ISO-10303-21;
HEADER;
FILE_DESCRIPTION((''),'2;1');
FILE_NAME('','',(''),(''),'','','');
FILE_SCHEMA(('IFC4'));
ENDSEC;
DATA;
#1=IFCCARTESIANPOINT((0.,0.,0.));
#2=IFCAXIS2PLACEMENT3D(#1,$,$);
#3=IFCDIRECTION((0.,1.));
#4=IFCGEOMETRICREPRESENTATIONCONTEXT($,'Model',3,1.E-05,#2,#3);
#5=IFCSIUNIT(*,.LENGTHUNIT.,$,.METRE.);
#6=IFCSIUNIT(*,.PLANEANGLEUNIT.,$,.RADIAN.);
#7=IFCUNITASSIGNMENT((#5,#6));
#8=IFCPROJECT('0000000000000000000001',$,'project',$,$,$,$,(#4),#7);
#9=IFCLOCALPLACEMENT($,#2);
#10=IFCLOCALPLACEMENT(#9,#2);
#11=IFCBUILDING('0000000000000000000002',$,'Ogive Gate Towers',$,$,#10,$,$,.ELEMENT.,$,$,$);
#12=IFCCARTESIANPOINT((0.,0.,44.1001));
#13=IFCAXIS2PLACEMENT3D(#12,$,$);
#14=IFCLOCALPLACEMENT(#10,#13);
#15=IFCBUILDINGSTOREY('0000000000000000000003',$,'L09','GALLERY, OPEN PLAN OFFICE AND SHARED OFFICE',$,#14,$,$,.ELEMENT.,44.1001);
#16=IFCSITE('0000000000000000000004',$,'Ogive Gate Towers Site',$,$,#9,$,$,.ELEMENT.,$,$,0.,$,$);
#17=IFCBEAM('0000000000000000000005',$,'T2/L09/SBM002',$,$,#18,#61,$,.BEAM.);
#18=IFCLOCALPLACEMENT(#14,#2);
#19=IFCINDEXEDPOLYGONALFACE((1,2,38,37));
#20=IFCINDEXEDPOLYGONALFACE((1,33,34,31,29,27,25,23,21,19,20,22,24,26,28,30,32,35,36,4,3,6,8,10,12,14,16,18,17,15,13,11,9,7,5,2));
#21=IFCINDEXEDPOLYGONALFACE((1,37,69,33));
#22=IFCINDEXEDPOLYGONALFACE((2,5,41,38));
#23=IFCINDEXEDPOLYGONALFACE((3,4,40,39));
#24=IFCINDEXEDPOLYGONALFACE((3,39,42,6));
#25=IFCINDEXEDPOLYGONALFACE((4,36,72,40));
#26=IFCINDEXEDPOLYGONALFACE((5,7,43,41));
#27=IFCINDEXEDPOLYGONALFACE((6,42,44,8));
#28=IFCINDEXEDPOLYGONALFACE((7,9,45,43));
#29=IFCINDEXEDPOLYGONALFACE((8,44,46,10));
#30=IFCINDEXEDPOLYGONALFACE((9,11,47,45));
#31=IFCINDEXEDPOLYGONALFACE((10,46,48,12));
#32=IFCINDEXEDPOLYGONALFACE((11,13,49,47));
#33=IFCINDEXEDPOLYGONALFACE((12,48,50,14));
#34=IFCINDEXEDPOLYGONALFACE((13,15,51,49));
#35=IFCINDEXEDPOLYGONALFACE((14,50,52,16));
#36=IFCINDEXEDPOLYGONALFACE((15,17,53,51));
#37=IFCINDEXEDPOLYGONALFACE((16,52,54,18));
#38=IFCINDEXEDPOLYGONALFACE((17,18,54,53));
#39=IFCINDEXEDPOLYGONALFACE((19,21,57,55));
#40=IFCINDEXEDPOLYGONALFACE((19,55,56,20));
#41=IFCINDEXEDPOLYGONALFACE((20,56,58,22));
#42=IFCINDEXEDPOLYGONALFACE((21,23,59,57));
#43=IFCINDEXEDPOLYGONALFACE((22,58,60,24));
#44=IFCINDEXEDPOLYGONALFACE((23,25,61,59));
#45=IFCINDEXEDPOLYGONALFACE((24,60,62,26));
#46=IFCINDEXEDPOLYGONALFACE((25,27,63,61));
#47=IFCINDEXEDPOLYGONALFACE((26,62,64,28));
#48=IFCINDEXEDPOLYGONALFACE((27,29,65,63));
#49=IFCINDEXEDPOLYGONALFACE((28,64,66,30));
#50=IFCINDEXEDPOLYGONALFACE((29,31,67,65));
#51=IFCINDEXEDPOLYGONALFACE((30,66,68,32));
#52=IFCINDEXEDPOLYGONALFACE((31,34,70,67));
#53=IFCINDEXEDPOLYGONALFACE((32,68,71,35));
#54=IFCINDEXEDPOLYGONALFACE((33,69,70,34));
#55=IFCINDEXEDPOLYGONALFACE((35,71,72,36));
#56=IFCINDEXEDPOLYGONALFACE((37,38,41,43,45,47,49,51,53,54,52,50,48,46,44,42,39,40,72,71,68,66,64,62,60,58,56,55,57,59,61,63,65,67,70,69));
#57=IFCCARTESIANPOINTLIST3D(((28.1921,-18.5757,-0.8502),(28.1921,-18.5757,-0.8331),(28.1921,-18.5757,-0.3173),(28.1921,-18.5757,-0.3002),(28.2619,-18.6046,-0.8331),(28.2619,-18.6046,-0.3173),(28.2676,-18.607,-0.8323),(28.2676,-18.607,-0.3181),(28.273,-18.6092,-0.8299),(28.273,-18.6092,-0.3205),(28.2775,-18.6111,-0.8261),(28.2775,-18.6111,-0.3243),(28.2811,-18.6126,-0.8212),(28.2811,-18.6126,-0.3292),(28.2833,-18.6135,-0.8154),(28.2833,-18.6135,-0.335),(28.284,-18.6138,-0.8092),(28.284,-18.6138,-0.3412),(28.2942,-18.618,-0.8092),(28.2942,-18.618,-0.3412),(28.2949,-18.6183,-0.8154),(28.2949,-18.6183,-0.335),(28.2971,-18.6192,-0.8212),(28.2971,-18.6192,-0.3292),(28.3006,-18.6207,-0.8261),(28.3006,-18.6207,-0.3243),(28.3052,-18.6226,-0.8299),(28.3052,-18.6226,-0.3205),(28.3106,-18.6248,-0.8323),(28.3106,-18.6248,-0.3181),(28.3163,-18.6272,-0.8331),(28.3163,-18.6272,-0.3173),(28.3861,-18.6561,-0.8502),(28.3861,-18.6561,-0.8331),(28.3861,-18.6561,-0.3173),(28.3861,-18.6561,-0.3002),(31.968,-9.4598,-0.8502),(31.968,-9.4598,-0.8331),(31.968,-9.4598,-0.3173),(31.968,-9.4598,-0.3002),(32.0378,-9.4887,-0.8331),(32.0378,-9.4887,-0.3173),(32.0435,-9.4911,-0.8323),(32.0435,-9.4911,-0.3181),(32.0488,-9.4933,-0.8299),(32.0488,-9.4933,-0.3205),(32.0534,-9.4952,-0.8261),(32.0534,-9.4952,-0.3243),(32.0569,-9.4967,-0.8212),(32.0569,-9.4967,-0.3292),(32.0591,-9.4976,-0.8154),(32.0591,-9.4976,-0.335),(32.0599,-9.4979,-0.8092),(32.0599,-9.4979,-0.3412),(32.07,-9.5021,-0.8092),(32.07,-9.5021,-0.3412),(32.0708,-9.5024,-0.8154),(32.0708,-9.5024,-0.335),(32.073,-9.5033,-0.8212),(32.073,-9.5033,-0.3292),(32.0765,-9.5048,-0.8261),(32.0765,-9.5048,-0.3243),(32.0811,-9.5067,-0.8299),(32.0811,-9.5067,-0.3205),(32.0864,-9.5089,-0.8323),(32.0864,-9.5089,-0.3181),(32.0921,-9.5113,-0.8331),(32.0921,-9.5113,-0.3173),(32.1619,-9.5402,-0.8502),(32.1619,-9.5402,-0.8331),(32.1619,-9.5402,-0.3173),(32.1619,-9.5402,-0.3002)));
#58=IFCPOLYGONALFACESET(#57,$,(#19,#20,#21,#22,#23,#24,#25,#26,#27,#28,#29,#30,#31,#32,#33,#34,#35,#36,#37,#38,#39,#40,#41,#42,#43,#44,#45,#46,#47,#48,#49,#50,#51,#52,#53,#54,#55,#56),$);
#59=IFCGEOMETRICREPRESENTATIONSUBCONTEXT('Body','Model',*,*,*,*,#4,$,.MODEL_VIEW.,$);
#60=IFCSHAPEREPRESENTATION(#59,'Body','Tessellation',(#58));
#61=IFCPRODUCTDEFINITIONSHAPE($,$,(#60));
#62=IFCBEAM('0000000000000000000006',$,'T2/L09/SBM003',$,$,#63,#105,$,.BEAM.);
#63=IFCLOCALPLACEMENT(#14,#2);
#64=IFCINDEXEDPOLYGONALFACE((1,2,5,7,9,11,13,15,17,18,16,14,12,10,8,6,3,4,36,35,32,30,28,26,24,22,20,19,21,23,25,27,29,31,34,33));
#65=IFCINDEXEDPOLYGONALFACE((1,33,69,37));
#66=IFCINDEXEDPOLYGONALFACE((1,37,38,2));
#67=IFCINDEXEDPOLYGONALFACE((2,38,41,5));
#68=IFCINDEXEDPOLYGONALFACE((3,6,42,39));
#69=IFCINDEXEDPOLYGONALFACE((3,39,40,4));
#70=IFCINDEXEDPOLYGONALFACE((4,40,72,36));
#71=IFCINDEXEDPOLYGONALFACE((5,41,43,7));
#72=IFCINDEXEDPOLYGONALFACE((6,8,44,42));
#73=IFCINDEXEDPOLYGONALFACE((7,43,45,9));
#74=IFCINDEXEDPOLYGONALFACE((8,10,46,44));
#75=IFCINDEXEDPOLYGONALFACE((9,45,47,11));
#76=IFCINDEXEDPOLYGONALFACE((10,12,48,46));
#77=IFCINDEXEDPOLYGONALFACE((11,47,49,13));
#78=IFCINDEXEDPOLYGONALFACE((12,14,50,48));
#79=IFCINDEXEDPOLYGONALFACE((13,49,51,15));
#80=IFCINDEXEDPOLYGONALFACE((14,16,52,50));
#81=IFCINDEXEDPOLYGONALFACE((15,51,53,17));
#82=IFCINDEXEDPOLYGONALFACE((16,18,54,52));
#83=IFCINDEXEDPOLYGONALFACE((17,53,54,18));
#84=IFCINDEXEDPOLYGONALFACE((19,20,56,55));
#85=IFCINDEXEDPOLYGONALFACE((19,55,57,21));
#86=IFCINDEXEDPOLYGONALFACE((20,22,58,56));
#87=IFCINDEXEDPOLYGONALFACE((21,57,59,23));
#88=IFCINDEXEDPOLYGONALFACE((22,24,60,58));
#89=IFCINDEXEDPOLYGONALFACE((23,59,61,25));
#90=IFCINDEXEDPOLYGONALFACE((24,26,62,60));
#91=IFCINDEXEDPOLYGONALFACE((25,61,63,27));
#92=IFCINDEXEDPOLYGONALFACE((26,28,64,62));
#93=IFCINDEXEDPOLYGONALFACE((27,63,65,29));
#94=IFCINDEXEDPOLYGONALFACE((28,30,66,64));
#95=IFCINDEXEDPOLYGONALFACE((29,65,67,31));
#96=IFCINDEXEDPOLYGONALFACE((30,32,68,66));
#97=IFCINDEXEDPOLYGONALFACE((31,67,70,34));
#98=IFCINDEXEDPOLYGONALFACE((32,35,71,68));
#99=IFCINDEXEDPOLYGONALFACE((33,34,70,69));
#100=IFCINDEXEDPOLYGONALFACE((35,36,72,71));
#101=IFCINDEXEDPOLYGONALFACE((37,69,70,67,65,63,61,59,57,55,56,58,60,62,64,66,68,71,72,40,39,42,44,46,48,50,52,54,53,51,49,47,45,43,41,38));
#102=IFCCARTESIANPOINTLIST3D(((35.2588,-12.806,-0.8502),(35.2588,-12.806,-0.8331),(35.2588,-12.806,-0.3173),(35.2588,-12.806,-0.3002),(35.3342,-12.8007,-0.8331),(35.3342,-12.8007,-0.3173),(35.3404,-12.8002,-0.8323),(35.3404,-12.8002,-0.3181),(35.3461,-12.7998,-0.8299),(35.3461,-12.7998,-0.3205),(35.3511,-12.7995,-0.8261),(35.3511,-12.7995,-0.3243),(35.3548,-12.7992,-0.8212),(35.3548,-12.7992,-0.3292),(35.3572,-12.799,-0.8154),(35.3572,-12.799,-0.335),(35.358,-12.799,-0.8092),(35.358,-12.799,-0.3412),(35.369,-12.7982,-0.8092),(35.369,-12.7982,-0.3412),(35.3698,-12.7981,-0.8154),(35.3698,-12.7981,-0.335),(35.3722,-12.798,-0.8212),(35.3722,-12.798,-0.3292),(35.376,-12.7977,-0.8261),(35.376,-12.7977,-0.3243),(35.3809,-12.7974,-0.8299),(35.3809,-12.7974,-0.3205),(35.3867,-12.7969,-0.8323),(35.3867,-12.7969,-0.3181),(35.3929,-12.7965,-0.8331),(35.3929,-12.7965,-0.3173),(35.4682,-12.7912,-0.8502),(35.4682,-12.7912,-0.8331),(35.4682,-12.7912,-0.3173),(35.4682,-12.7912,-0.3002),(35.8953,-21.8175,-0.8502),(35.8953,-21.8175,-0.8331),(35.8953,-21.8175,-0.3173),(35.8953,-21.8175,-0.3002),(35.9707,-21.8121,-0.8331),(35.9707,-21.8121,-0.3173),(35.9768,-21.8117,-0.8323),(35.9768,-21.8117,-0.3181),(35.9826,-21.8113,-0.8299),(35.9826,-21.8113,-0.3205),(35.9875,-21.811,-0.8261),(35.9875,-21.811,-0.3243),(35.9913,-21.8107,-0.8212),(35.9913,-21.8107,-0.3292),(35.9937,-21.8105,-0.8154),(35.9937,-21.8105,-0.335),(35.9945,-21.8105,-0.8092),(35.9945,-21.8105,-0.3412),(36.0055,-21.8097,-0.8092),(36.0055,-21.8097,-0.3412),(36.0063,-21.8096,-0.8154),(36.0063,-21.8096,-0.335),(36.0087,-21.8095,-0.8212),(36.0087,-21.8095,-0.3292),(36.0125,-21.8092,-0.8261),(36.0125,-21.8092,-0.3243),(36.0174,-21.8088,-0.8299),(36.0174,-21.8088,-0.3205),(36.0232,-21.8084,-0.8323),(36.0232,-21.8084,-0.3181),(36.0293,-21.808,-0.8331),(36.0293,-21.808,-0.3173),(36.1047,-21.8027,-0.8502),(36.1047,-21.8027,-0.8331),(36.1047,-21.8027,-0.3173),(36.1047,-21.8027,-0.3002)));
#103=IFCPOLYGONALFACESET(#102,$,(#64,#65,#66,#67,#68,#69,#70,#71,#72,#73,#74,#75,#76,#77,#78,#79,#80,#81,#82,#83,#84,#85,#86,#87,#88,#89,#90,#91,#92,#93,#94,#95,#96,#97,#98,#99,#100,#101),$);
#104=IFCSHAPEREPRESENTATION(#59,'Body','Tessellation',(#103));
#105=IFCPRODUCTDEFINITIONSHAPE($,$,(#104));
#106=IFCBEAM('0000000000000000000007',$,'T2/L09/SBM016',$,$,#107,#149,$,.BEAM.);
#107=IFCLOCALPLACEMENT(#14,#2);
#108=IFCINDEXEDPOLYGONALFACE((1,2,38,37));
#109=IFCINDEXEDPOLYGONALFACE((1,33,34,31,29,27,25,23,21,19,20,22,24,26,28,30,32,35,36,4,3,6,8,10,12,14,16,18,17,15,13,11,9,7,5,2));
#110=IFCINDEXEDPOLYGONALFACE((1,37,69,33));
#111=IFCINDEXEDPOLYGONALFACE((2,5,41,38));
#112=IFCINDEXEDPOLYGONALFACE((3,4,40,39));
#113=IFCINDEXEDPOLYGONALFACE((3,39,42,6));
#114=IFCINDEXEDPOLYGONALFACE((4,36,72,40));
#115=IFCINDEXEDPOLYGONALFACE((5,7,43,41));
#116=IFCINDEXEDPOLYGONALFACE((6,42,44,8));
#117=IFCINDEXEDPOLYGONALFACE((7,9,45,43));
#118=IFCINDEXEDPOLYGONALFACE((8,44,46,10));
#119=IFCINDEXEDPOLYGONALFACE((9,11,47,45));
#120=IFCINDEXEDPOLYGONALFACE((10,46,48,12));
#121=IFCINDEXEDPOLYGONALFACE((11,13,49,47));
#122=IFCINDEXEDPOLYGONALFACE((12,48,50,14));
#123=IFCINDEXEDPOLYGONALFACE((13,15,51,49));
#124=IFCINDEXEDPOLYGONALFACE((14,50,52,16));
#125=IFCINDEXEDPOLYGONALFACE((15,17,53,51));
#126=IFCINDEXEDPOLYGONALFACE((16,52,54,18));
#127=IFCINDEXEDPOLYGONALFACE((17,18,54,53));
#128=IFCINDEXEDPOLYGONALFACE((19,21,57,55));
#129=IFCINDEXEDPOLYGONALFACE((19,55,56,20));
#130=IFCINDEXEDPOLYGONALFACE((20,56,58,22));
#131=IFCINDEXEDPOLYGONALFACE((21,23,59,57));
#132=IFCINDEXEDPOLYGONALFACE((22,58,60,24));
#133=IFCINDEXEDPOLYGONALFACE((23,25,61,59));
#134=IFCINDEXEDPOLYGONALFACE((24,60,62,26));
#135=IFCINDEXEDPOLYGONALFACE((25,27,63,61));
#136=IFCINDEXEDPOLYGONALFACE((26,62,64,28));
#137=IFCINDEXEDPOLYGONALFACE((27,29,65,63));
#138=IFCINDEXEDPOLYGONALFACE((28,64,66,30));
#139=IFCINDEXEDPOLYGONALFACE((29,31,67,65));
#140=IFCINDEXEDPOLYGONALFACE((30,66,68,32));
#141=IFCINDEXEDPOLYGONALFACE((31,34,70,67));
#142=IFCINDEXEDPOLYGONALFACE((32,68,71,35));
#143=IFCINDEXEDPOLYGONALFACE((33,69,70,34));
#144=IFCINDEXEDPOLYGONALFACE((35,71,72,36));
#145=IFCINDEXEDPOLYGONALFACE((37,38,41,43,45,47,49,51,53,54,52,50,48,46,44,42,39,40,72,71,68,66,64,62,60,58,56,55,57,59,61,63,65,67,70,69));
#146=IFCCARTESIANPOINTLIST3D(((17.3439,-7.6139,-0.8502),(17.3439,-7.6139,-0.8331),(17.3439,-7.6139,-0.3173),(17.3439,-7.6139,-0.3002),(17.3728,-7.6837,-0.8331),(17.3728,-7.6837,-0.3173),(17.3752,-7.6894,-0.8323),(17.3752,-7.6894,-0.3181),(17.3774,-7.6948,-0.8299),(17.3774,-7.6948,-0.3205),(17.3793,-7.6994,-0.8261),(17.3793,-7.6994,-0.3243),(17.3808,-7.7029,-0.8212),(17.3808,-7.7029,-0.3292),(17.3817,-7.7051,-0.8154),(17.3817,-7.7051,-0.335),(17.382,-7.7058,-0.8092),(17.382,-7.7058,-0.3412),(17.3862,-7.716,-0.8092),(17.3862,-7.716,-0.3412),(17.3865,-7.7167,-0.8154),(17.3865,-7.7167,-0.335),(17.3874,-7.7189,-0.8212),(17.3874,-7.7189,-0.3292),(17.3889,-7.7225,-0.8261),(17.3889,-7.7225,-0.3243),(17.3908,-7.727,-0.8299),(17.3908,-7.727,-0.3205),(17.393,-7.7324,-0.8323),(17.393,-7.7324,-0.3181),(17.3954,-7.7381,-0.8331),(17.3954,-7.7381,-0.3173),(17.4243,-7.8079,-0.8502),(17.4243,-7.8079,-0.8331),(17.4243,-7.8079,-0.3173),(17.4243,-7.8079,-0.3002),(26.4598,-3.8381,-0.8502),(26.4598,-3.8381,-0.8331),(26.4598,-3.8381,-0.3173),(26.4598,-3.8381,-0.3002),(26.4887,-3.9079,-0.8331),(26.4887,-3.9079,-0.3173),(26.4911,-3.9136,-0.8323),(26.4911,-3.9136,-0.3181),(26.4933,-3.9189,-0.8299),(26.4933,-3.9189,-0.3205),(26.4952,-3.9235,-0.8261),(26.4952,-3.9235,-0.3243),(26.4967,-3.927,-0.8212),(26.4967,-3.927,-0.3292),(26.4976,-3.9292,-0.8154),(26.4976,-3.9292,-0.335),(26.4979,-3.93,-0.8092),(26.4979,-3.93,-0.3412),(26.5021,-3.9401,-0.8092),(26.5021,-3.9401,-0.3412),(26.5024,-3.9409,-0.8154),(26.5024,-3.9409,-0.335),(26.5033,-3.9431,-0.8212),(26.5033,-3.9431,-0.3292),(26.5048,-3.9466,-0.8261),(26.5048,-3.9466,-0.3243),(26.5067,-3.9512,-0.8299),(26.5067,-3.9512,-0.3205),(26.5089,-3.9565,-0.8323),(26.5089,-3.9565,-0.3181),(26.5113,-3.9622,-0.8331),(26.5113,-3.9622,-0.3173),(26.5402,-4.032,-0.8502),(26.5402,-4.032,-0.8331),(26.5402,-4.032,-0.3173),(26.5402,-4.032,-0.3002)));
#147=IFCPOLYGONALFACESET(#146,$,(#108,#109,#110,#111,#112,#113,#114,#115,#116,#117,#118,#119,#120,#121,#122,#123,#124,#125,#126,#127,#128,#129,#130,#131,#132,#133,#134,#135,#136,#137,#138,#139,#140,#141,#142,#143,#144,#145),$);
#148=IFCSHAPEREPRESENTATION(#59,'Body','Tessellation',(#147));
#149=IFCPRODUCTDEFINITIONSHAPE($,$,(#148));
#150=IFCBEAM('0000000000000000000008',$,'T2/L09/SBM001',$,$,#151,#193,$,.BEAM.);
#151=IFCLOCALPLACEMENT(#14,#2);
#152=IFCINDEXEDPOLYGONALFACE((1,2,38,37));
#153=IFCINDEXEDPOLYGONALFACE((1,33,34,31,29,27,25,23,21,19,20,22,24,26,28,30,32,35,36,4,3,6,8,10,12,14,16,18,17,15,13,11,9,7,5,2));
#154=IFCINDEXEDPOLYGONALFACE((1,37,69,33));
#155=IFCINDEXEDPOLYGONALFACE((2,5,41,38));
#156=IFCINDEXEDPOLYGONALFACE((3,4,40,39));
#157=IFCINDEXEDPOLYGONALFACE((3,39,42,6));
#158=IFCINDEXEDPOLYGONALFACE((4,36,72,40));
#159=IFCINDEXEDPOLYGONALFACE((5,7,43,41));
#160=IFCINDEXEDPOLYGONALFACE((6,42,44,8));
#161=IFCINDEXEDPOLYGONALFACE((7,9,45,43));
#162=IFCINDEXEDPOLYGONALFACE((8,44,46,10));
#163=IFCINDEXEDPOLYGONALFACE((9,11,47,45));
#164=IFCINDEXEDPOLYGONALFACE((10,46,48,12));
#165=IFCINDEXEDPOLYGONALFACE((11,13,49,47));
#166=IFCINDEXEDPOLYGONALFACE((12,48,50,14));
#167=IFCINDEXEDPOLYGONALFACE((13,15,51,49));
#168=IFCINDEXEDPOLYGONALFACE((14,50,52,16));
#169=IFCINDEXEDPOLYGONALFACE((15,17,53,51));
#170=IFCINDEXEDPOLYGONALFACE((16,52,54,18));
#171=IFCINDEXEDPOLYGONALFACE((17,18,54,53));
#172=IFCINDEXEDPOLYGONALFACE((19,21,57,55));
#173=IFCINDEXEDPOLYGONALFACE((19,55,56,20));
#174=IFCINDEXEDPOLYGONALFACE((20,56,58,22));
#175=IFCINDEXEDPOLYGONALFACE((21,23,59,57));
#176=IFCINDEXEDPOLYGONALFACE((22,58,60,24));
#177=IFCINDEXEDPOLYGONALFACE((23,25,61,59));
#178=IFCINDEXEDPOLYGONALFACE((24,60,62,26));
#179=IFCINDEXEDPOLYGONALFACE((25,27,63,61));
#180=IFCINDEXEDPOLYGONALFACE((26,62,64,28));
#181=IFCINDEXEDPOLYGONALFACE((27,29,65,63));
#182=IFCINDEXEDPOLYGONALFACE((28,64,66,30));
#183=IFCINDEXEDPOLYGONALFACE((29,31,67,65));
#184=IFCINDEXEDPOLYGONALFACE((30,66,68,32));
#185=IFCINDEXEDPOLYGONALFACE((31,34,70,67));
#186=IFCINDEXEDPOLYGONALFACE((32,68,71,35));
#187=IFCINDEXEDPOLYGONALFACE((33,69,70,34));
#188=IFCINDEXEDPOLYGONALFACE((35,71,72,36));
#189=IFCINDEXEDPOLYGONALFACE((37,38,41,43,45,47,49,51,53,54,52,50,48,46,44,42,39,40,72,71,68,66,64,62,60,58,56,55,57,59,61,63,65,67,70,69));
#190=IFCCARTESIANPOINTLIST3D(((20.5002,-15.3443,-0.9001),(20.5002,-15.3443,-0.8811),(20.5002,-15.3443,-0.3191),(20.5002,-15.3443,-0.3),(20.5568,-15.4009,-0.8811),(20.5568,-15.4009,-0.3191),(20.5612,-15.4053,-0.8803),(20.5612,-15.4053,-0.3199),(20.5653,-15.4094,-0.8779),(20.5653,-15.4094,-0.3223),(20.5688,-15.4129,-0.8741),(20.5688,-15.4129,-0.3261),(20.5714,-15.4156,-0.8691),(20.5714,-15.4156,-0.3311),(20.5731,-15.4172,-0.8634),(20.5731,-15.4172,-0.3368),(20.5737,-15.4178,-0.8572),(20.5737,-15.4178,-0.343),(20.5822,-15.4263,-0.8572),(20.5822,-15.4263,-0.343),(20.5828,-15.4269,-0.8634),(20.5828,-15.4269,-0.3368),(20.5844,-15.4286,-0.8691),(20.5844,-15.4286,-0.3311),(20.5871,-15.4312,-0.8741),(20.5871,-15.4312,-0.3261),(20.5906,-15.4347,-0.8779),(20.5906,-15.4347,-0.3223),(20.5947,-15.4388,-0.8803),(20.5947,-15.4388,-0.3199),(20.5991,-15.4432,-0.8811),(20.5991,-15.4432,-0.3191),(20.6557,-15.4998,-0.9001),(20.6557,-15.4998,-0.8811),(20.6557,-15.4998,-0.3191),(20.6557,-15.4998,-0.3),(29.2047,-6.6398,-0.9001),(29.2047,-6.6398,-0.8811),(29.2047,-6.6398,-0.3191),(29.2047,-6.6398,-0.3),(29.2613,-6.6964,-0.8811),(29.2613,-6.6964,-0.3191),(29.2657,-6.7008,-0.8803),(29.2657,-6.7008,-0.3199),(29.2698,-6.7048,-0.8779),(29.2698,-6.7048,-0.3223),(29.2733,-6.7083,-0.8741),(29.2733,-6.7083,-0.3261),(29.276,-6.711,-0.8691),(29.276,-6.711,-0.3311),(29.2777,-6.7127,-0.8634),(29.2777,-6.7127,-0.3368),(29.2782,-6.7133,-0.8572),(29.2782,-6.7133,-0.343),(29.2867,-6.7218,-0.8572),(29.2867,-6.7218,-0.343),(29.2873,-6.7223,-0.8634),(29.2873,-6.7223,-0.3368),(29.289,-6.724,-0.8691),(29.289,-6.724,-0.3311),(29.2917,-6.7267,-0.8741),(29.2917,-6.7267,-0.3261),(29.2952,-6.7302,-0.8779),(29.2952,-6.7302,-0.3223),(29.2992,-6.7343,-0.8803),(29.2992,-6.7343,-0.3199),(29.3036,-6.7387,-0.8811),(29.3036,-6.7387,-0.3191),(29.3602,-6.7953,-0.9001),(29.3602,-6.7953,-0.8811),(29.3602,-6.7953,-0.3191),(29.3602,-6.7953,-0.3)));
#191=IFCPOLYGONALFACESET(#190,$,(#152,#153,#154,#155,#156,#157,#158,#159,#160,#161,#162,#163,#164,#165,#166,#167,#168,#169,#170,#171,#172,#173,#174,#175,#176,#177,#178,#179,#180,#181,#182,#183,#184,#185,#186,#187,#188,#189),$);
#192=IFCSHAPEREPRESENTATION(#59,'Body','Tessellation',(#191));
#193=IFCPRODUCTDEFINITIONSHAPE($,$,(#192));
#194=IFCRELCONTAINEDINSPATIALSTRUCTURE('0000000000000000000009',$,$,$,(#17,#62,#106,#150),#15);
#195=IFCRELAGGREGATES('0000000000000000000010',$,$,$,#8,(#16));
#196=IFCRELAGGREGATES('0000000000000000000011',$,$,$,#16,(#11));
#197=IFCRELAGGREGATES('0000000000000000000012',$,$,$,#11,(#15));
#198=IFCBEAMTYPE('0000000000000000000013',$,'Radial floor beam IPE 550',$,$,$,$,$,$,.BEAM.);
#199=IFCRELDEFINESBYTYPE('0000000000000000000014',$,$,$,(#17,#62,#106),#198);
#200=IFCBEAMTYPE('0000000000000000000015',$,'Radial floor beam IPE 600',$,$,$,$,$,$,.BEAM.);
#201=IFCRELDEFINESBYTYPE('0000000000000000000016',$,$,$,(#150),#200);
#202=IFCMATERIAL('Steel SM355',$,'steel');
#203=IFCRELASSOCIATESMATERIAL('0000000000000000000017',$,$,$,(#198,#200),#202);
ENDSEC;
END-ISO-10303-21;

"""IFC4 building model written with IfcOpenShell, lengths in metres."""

from ifc_helpers import new_model, si_unit, direction, frame, origin, origin_2d, place, context, subcontext, project, spatial, i_section, extrude, material, material_profile, profile_set, type_object, element, save


model = new_model("IFC4")

# Units and contexts
model_context = context("Model", 3, precision=1e-05, world=origin(), true_north=direction((0.0, 1.0)))
body_context = subcontext(model_context, "Body", "Model", "MODEL_VIEW")
ifc_project = project(units=[si_unit("LENGTHUNIT", "METRE"), si_unit("PLANEANGLEUNIT", "RADIAN")], contexts=[model_context])

# Site, building, storey
site_placement = place(None, origin())
site = spatial("IfcSite", under=ifc_project, at=site_placement, Name="Ogive Gate Towers Site", CompositionType="ELEMENT", RefElevation=0.0)
building_placement = place(site_placement, origin())
building = spatial("IfcBuilding", under=site, at=building_placement, Name="Ogive Gate Towers", CompositionType="ELEMENT")
storey_placement = place(building_placement, frame((0.0, 0.0, 44.1001)))
storey = spatial("IfcBuildingStorey", under=building, at=storey_placement, Name="L09", Description="GALLERY, OPEN PLAN OFFICE AND SHARED OFFICE", CompositionType="ELEMENT", Elevation=44.1001)

# Beams
ifc_material_1 = material(Name="Steel SM355", Category="steel")
ifc_material_profile_1 = material_profile(ifc_material_1, i_section(OverallWidth=0.21, OverallDepth=0.55, WebThickness=0.011, FlangeThickness=0.0171, FilletRadius=0.0239, at=origin_2d()), Name="IPE 550")
ifc_profile_set_1 = profile_set([ifc_material_profile_1], Name="Steel SM355")
beam_type_1 = type_object("IfcBeamType", Name="Radial floor beam IPE 550", PredefinedType="BEAM", material=ifc_profile_set_1)
beam_1_placement = place(storey_placement, frame((32.0649, -9.5, -0.5752), z_axis=(-0.382677, -0.923882, 0.0), x_axis=(0.923882, -0.382677, 0.0)))
element("IfcBeam", 1, at=beam_1_placement, inside=storey, type_object=beam_type_1, Name="T2/L09/SBM002", PredefinedType="BEAM", context=body_context, shape_type="SweptSolid", body=[
    extrude(i_section(OverallWidth=0.21, OverallDepth=0.55, WebThickness=0.011, FlangeThickness=0.0171, FilletRadius=0.0239, at=origin_2d()), origin(), (0.0, 0.0, 1.0), 9.8669),
])
beam_2_placement = place(storey_placement, frame((35.3635, -12.7986, -0.5752), z_axis=(0.070454, -0.997515, 0.0), x_axis=(0.997515, 0.070454, 0.0)))
element("IfcBeam", 2, at=beam_2_placement, inside=storey, type_object=beam_type_1, Name="T2/L09/SBM003", PredefinedType="BEAM", context=body_context, shape_type="SweptSolid", body=[
    extrude(i_section(OverallWidth=0.21, OverallDepth=0.55, WebThickness=0.011, FlangeThickness=0.0171, FilletRadius=0.0239, at=origin_2d()), origin(), (0.0, 0.0, 1.0), 9.0339),
])
beam_3_placement = place(storey_placement, frame((26.5, -3.9351, -0.5752), z_axis=(-0.923882, -0.382677, 0.0), x_axis=(0.382677, -0.923882, 0.0)))
element("IfcBeam", 3, at=beam_3_placement, inside=storey, type_object=beam_type_1, Name="T2/L09/SBM016", PredefinedType="BEAM", context=body_context, shape_type="SweptSolid", body=[
    extrude(i_section(OverallWidth=0.21, OverallDepth=0.55, WebThickness=0.011, FlangeThickness=0.0171, FilletRadius=0.0239, at=origin_2d()), origin(), (0.0, 0.0, 1.0), 9.8669),
])
ifc_material_profile_2 = material_profile(ifc_material_1, i_section(OverallWidth=0.22, OverallDepth=0.6001, WebThickness=0.012, FlangeThickness=0.019, FilletRadius=0.0239, at=origin_2d()), Name="IPE 600")
ifc_profile_set_2 = profile_set([ifc_material_profile_2], Name="Steel SM355")
beam_type_2 = type_object("IfcBeamType", Name="Radial floor beam IPE 600", PredefinedType="BEAM", material=ifc_profile_set_2)
beam_4_placement = place(storey_placement, frame((29.2825, -6.7175, -0.6001), z_axis=(-0.707107, -0.707107, 0.0), x_axis=(0.707107, -0.707107, 0.0)))
element("IfcBeam", 4, at=beam_4_placement, inside=storey, type_object=beam_type_2, Name="T2/L09/SBM001", PredefinedType="BEAM", context=body_context, shape_type="SweptSolid", body=[
    extrude(i_section(OverallWidth=0.22, OverallDepth=0.6001, WebThickness=0.012, FlangeThickness=0.019, FilletRadius=0.0239, at=origin_2d()), origin(), (0.0, 0.0, 1.0), 12.3101),
])

save(model, "model.ifc")
